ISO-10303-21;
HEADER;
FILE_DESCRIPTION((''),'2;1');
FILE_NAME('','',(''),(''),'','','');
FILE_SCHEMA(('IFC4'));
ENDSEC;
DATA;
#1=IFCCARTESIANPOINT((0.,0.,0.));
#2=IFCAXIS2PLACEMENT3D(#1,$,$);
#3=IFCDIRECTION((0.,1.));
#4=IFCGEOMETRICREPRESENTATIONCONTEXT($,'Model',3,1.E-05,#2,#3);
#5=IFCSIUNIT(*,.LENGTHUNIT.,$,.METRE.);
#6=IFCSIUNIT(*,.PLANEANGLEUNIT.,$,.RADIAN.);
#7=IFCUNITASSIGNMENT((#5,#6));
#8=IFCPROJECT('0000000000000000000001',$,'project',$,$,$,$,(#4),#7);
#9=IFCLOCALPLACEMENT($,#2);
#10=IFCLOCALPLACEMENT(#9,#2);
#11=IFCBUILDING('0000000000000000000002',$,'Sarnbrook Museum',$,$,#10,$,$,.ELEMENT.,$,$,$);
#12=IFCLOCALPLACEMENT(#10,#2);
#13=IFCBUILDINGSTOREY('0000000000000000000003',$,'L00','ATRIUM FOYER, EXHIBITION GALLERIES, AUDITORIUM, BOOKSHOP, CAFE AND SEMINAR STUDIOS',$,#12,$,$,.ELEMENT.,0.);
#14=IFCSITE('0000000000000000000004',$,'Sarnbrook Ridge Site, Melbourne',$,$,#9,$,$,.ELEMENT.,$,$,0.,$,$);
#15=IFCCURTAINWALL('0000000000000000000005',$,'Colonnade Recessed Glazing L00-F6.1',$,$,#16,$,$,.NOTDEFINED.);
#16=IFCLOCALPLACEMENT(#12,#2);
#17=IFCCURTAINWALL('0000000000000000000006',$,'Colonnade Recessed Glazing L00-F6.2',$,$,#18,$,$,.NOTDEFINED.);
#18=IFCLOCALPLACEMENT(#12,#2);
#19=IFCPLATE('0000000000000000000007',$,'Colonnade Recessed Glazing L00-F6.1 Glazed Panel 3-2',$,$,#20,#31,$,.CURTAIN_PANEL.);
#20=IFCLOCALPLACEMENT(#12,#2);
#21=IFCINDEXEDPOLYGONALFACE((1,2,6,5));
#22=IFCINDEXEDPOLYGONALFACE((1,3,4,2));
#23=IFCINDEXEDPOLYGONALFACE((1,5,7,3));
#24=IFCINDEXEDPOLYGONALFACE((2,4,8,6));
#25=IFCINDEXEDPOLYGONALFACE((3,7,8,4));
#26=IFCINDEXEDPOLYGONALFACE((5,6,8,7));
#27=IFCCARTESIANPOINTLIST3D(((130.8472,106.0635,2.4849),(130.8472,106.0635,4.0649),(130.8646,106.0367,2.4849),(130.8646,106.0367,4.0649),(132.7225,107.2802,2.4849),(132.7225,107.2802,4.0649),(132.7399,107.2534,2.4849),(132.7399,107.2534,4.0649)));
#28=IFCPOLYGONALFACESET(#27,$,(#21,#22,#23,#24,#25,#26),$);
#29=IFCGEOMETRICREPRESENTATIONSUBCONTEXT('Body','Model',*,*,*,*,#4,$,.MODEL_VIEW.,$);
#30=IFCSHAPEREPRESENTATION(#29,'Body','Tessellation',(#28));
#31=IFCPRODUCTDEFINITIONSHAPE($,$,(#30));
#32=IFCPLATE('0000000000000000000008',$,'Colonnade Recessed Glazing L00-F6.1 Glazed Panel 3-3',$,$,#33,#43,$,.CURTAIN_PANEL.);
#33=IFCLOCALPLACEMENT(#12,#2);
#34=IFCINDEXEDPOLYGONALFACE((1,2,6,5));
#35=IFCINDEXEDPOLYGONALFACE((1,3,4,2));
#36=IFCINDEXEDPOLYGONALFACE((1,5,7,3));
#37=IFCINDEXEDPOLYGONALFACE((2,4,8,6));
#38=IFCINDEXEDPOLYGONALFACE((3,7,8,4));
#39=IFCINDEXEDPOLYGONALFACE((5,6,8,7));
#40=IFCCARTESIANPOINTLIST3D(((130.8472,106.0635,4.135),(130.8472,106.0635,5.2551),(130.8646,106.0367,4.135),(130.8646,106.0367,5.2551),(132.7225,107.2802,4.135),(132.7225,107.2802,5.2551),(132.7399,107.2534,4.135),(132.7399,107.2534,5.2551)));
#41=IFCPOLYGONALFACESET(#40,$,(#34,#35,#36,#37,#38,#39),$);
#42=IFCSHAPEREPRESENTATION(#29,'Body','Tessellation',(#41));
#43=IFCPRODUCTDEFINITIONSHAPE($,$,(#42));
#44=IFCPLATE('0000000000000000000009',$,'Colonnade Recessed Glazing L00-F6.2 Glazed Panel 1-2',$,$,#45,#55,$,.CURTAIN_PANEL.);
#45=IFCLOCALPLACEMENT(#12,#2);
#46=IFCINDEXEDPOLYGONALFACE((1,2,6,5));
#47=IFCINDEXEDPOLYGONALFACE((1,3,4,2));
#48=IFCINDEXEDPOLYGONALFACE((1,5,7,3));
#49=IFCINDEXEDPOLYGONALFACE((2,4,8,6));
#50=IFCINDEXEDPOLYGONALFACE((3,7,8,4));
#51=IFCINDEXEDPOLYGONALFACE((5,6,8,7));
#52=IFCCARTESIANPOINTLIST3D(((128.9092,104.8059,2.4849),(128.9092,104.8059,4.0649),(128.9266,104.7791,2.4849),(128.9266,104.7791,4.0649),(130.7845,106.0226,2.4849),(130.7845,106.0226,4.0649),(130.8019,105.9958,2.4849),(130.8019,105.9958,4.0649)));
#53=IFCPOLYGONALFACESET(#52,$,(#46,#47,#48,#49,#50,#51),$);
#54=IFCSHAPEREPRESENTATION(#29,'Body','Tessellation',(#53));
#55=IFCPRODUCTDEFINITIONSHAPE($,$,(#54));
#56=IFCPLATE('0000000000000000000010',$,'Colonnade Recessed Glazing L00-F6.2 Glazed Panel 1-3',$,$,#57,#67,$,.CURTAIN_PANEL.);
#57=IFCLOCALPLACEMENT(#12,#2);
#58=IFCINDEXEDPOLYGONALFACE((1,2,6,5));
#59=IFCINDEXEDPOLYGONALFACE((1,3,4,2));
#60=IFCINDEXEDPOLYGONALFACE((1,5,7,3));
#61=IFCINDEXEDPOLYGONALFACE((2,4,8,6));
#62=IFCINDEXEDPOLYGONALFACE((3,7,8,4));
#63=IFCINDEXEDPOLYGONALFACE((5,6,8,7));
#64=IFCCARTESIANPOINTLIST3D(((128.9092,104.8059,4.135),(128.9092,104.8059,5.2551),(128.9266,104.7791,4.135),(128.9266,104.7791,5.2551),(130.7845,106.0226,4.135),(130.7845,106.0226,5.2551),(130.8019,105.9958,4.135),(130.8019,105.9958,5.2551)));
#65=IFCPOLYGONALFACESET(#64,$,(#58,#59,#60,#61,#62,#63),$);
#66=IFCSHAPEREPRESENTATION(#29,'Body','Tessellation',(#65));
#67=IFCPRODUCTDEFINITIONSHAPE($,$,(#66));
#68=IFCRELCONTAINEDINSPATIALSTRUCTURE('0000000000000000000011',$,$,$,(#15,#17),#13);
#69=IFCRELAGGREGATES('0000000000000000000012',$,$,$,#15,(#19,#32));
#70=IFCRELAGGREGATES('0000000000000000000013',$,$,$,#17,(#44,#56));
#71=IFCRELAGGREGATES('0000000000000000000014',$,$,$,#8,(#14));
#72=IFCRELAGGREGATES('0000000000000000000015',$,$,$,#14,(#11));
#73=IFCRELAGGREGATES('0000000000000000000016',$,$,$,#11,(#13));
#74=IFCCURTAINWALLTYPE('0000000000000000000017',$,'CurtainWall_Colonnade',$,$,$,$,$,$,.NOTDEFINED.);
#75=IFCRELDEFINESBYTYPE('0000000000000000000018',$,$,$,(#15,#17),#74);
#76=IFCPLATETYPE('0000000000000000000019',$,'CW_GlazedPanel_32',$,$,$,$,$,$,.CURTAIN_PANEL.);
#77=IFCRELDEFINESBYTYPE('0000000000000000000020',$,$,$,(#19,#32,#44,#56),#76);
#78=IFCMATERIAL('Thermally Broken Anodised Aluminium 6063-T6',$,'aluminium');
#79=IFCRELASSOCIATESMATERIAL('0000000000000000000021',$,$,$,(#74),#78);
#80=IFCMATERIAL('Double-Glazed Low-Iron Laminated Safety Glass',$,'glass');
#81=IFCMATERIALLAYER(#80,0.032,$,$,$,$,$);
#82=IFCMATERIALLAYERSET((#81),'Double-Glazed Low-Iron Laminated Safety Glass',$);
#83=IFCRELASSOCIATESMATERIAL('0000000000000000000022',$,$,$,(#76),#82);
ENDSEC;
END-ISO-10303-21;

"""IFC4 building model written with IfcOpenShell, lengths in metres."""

from ifc_helpers import new_model, si_unit, direction, frame, origin, origin_2d, place, context, subcontext, project, spatial, rectangle, extrude, material, layer, layer_set, type_object, element, aggregate, save


model = new_model("IFC4")

# Units and contexts
model_context = context("Model", 3, precision=1e-05, world=origin(), true_north=direction((0.0, 1.0)))
body_context = subcontext(model_context, "Body", "Model", "MODEL_VIEW")
ifc_project = project(units=[si_unit("LENGTHUNIT", "METRE"), si_unit("PLANEANGLEUNIT", "RADIAN")], contexts=[model_context])

# Site, building, storey
site_placement = place(None, origin())
site = spatial("IfcSite", under=ifc_project, at=site_placement, Name="Sarnbrook Ridge Site, Melbourne", CompositionType="ELEMENT", RefElevation=0.0)
building_placement = place(site_placement, origin())
building = spatial("IfcBuilding", under=site, at=building_placement, Name="Sarnbrook Museum", CompositionType="ELEMENT")
storey_placement = place(building_placement, origin())
storey = spatial("IfcBuildingStorey", under=building, at=storey_placement, Name="L00", Description="ATRIUM FOYER, EXHIBITION GALLERIES, AUDITORIUM, BOOKSHOP, CAFE AND SEMINAR STUDIOS", CompositionType="ELEMENT", Elevation=0.0)

# Curtain wall
ifc_material_1 = material(Name="Thermally Broken Anodised Aluminium 6063-T6", Category="aluminium")
curtain_wall_type = type_object("IfcCurtainWallType", Name="CurtainWall_Colonnade", PredefinedType="NOTDEFINED", material=ifc_material_1)
curtain_wall_1_placement = place(storey_placement, origin())
curtain_wall_1 = element("IfcCurtainWall", 1, at=curtain_wall_1_placement, inside=storey, type_object=curtain_wall_type, Name="Colonnade Recessed Glazing L00-F6.1", PredefinedType="NOTDEFINED")

# Curtain wall
curtain_wall_2_placement = place(storey_placement, origin())
curtain_wall_2 = element("IfcCurtainWall", 2, at=curtain_wall_2_placement, inside=storey, type_object=curtain_wall_type, Name="Colonnade Recessed Glazing L00-F6.2", PredefinedType="NOTDEFINED")

# Plates
ifc_material_2 = material(Name="Double-Glazed Low-Iron Laminated Safety Glass", Category="glass")
ifc_layer = layer(ifc_material_2, 0.032)
ifc_layer_set = layer_set([ifc_layer], Name="Double-Glazed Low-Iron Laminated Safety Glass")
plate_type = type_object("IfcPlateType", Name="CW_GlazedPanel_32", PredefinedType="CURTAIN_PANEL", material=ifc_layer_set)
plate_1_placement = place(storey_placement, frame((131.8022, 106.645, 3.2749), z_axis=(-0.544286, 0.8389, 0.0), x_axis=(-0.8389, -0.544286, 0.0)))
plate_1 = element("IfcPlate", 3, at=plate_1_placement, type_object=plate_type, Name="Colonnade Recessed Glazing L00-F6.1 Glazed Panel 3-2", PredefinedType="CURTAIN_PANEL", context=body_context, shape_type="SweptSolid", body=[
    extrude(rectangle(XDim=2.2354, YDim=1.5801, at=origin_2d()), origin(), (0.0, 0.0, 1.0), 0.032),
])
plate_2_placement = place(storey_placement, frame((131.8022, 106.645, 4.6951), z_axis=(-0.544286, 0.8389, 0.0), x_axis=(-0.8389, -0.544286, 0.0)))
plate_2 = element("IfcPlate", 4, at=plate_2_placement, type_object=plate_type, Name="Colonnade Recessed Glazing L00-F6.1 Glazed Panel 3-3", PredefinedType="CURTAIN_PANEL", context=body_context, shape_type="SweptSolid", body=[
    extrude(rectangle(XDim=2.2354, YDim=1.1201, at=origin_2d()), origin(), (0.0, 0.0, 1.0), 0.032),
])
aggregate(curtain_wall_1, [plate_1, plate_2])
plate_3_placement = place(storey_placement, frame((129.8643, 105.3875, 3.2749), z_axis=(-0.544286, 0.8389, 0.0), x_axis=(-0.8389, -0.544286, 0.0)))
plate_3 = element("IfcPlate", 5, at=plate_3_placement, type_object=plate_type, Name="Colonnade Recessed Glazing L00-F6.2 Glazed Panel 1-2", PredefinedType="CURTAIN_PANEL", context=body_context, shape_type="SweptSolid", body=[
    extrude(rectangle(XDim=2.2354, YDim=1.5801, at=origin_2d()), origin(), (0.0, 0.0, 1.0), 0.032),
])
plate_4_placement = place(storey_placement, frame((129.8643, 105.3875, 4.6951), z_axis=(-0.544286, 0.8389, 0.0), x_axis=(-0.8389, -0.544286, 0.0)))
plate_4 = element("IfcPlate", 6, at=plate_4_placement, type_object=plate_type, Name="Colonnade Recessed Glazing L00-F6.2 Glazed Panel 1-3", PredefinedType="CURTAIN_PANEL", context=body_context, shape_type="SweptSolid", body=[
    extrude(rectangle(XDim=2.2354, YDim=1.1201, at=origin_2d()), origin(), (0.0, 0.0, 1.0), 0.032),
])
aggregate(curtain_wall_2, [plate_3, plate_4])

save(model, "model.ifc")
